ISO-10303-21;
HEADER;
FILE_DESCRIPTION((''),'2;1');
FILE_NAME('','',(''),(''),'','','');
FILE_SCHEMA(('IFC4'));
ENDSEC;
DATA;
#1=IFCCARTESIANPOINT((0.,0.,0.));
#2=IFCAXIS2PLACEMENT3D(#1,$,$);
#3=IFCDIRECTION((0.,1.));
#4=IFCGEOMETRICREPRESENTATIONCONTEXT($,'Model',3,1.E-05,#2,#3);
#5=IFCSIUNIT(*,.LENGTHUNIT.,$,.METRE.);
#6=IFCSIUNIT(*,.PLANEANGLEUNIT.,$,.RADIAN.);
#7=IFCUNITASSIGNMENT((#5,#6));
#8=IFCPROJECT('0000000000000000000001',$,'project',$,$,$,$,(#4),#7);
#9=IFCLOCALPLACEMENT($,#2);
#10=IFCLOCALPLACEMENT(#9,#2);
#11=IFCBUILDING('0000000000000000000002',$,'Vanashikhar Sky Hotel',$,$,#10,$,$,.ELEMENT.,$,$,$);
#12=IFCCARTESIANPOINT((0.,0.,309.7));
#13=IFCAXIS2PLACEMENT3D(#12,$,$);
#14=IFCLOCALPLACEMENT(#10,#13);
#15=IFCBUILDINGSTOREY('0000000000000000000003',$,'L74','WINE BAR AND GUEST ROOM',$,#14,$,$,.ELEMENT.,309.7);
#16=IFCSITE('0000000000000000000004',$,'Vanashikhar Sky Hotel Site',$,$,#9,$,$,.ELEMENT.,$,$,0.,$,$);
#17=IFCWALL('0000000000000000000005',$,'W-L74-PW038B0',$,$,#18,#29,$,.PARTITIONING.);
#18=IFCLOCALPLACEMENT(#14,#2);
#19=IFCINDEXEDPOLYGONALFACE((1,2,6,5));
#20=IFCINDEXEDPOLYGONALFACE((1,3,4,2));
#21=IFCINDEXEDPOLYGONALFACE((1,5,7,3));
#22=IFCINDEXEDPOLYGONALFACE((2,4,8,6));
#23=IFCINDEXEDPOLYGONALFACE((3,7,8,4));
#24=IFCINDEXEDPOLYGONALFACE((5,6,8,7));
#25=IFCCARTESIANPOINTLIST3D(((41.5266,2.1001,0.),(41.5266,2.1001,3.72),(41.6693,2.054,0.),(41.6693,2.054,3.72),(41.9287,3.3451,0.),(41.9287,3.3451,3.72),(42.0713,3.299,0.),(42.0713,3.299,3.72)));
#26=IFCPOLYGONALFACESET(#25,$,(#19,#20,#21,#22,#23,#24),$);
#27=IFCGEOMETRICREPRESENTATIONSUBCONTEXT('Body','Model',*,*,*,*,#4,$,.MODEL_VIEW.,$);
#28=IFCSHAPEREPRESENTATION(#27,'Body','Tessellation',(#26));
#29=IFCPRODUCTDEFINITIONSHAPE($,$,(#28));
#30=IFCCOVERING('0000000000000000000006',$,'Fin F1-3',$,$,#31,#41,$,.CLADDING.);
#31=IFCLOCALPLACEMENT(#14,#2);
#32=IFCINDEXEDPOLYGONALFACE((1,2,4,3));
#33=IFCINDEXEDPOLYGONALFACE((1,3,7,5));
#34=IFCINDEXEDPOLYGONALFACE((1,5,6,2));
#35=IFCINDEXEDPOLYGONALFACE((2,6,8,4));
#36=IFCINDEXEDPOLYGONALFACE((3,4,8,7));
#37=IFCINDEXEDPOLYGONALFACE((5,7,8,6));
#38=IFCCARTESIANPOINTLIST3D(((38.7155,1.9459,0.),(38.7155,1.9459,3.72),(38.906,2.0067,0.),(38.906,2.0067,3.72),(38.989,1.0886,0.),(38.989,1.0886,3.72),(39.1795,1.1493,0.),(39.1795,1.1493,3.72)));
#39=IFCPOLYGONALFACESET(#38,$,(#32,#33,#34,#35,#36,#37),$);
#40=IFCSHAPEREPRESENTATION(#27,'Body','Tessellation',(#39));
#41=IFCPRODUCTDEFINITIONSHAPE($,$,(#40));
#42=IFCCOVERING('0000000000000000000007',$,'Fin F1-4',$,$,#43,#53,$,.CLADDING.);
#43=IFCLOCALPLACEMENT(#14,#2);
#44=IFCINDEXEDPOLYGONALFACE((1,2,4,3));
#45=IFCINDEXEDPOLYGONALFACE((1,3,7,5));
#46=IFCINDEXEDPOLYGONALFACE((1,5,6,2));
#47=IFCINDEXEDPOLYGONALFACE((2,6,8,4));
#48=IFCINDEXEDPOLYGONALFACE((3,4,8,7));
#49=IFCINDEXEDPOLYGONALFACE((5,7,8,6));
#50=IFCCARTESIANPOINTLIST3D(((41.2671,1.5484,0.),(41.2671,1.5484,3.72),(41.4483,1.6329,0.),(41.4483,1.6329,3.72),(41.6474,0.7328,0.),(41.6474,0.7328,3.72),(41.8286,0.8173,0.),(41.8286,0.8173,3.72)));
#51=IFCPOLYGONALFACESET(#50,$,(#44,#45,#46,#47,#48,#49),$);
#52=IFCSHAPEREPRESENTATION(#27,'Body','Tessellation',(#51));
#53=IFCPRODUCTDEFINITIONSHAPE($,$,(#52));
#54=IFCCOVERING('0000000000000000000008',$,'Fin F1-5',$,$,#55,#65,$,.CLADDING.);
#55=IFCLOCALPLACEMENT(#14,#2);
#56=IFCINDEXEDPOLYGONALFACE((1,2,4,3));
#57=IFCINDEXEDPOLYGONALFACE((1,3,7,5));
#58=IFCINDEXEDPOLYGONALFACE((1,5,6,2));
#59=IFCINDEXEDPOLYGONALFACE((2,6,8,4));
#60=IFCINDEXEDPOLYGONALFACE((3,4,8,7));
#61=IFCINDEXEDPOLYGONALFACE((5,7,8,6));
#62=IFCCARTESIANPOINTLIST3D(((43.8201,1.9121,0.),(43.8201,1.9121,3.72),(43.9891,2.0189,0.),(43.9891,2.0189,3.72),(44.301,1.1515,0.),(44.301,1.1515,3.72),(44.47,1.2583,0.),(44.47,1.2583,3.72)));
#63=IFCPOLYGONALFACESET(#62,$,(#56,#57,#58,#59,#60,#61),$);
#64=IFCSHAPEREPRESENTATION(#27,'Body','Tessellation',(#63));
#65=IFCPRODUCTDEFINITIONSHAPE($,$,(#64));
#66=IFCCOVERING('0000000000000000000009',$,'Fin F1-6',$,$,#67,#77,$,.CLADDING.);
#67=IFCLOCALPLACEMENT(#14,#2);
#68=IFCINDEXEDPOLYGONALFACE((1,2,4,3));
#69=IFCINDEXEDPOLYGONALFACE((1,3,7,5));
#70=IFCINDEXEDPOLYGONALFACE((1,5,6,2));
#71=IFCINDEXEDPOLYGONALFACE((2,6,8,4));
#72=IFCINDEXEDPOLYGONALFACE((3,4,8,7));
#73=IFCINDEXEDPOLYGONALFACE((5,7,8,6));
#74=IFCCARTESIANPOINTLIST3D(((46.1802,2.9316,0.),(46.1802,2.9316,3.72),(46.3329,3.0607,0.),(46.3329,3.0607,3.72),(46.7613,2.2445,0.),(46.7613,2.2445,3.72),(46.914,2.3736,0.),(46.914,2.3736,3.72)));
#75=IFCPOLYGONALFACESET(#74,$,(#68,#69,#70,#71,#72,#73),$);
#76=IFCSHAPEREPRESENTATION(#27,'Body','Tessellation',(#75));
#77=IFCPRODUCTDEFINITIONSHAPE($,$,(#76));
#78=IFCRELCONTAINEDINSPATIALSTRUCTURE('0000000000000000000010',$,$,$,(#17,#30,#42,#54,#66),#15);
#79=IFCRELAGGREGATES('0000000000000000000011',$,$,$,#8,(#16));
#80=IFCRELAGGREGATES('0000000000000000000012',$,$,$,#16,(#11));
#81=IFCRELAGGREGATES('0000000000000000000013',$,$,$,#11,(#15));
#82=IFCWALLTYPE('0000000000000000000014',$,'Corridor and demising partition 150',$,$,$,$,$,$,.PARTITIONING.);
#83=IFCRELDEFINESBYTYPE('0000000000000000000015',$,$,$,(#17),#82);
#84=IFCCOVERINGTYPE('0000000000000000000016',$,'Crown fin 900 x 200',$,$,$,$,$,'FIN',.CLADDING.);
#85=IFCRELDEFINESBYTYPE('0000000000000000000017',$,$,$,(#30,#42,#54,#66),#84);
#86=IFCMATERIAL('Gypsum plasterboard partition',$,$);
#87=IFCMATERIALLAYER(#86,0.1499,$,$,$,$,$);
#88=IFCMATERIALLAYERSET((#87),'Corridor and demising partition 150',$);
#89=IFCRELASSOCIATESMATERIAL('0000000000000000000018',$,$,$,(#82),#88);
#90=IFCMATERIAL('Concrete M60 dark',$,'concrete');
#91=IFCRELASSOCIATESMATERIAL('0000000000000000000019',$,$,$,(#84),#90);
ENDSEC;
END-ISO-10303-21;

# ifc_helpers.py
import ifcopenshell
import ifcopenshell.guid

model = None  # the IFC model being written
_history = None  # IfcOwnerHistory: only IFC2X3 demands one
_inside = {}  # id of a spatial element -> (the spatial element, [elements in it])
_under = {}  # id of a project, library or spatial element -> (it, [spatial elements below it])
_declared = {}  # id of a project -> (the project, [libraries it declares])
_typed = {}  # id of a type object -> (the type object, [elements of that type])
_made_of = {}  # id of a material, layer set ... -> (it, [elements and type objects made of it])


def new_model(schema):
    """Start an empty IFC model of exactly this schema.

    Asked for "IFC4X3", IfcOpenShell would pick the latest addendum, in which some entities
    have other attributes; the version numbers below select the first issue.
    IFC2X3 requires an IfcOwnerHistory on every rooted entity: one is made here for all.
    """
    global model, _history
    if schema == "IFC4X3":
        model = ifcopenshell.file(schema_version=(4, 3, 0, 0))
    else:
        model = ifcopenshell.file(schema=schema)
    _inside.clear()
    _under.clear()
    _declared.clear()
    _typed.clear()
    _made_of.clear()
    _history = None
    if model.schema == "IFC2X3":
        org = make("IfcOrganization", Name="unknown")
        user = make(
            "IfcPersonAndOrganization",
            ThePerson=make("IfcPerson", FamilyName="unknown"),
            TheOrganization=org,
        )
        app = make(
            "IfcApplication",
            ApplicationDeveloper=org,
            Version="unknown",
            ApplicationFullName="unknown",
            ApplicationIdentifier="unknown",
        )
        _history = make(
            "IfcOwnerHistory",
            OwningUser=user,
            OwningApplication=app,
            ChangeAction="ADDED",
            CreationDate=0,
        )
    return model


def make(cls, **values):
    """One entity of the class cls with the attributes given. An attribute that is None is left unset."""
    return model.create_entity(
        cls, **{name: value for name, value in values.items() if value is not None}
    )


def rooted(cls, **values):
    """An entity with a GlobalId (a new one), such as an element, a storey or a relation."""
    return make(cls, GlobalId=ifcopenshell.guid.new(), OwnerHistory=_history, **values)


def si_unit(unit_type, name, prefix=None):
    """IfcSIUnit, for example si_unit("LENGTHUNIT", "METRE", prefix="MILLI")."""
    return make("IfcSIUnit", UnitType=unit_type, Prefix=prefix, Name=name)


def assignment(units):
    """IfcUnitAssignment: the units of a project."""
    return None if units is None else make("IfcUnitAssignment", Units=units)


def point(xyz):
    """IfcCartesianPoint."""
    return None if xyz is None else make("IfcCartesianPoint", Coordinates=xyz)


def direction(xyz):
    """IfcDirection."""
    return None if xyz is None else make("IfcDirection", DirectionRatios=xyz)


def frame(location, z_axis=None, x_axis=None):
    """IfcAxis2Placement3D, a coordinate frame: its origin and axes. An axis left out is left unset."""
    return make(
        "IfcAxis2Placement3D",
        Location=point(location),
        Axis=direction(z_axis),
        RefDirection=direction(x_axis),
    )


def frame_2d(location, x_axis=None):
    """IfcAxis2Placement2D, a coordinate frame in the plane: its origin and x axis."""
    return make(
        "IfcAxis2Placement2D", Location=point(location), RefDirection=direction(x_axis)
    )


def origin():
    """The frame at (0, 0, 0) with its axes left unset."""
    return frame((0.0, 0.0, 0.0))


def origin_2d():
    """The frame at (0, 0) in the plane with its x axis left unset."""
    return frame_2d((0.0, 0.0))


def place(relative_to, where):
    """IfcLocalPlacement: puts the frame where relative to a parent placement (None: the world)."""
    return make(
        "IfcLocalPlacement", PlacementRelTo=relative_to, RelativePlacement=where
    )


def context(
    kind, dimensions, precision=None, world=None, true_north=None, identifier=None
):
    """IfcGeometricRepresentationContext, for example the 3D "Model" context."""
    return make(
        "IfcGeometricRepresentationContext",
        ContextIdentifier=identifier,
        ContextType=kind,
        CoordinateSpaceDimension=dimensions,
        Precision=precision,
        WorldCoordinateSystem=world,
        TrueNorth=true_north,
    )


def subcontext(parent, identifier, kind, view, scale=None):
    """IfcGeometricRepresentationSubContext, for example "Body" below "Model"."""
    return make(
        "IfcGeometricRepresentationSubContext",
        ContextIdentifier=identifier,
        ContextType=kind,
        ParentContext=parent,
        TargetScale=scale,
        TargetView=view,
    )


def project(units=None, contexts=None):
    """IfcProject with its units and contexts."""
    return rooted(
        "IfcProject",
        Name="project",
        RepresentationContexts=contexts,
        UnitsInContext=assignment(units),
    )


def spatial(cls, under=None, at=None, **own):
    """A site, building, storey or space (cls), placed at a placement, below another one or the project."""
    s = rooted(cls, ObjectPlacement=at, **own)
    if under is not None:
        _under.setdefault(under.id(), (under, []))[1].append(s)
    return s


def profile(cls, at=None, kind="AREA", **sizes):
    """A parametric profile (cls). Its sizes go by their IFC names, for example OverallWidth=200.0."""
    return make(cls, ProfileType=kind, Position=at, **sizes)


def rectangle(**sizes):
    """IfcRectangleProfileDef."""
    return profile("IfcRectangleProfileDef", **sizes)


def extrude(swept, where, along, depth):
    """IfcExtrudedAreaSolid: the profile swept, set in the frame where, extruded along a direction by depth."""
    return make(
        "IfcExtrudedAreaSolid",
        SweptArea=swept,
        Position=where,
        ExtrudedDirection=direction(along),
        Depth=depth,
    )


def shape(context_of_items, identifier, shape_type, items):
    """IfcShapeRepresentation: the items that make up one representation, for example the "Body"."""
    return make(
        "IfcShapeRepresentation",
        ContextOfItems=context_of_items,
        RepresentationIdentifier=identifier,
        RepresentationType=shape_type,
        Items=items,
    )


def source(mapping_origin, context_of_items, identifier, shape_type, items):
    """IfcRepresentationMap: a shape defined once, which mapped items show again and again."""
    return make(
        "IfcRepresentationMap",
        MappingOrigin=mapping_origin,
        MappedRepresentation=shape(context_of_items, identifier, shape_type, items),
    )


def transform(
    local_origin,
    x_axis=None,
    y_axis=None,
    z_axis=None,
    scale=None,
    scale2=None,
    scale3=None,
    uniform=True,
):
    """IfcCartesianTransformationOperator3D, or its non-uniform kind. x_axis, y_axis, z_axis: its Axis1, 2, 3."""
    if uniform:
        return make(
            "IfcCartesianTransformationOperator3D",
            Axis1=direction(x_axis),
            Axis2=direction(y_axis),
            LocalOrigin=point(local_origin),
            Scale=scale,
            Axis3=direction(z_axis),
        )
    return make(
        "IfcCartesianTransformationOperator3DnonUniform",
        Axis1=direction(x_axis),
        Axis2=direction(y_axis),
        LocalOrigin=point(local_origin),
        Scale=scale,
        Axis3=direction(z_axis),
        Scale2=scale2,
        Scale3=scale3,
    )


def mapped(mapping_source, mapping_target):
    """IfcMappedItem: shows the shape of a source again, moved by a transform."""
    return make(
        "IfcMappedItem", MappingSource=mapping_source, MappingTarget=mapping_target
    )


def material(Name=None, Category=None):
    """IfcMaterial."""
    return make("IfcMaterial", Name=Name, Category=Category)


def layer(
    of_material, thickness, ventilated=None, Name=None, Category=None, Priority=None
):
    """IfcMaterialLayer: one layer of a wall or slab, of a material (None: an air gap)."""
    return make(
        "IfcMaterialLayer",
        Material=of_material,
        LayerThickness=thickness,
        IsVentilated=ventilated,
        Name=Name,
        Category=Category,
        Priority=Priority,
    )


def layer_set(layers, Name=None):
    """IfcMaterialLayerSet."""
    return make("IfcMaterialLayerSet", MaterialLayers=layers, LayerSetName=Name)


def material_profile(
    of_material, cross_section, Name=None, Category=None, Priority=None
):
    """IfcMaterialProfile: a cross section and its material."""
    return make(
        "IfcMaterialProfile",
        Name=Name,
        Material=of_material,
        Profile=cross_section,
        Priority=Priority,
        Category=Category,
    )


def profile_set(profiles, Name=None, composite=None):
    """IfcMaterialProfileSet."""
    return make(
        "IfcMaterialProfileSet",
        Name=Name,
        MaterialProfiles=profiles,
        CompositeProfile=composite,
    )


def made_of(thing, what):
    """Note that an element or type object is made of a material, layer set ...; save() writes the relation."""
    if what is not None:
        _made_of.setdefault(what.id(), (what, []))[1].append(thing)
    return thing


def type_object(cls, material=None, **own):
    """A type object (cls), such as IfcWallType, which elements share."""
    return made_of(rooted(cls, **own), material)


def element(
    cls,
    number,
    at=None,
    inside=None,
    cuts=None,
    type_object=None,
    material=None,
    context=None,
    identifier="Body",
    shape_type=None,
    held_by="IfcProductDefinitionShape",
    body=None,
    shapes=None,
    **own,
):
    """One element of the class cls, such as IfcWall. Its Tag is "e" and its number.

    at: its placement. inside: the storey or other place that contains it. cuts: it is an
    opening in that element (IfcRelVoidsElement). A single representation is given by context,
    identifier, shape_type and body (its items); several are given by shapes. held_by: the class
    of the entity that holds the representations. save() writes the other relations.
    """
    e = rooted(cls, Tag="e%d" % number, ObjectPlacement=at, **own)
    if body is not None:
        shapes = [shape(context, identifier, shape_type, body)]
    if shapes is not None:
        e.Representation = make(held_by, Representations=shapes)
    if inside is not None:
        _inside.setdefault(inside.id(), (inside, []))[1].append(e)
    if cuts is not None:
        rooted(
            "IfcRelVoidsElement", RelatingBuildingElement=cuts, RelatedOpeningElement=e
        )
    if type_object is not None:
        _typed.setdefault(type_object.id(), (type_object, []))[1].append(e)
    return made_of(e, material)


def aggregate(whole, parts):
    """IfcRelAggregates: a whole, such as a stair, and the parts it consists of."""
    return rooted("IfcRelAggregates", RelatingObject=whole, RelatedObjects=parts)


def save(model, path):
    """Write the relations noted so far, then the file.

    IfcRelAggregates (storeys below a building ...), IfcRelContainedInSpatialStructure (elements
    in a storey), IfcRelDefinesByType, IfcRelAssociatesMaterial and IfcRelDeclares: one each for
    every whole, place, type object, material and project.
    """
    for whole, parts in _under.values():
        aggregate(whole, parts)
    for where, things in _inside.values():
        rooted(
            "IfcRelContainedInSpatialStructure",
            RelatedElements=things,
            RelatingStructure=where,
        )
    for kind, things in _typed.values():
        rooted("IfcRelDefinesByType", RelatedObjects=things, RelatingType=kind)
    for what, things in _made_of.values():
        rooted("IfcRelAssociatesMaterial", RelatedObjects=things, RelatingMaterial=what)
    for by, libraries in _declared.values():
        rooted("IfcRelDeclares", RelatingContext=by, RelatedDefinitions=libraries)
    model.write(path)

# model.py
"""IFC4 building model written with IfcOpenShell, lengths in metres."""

from ifc_helpers import new_model, si_unit, direction, frame, frame_2d, origin, origin_2d, place, context, subcontext, project, spatial, rectangle, extrude, source, transform, mapped, material, layer, layer_set, material_profile, profile_set, type_object, element, save


model = new_model("IFC4")

# Units and contexts
model_context = context("Model", 3, precision=1e-05, world=origin(), true_north=direction((0.0, 1.0)))
body_context = subcontext(model_context, "Body", "Model", "MODEL_VIEW")
ifc_project = project(units=[si_unit("LENGTHUNIT", "METRE"), si_unit("PLANEANGLEUNIT", "RADIAN")], contexts=[model_context])

# Site, building, storey
site_placement = place(None, origin())
site = spatial("IfcSite", under=ifc_project, at=site_placement, Name="Vanashikhar Sky Hotel Site", CompositionType="ELEMENT", RefElevation=0.0)
building_placement = place(site_placement, origin())
building = spatial("IfcBuilding", under=site, at=building_placement, Name="Vanashikhar Sky Hotel", CompositionType="ELEMENT")
storey_placement = place(building_placement, frame((0.0, 0.0, 309.7)))
storey = spatial("IfcBuildingStorey", under=building, at=storey_placement, Name="L74", Description="WINE BAR AND GUEST ROOM", CompositionType="ELEMENT", Elevation=309.7)

# Shared definitions
ifc_material_1 = material(Name="Gypsum plasterboard partition")

# Shared definitions
ifc_layer_1 = layer(ifc_material_1, 0.1499)
ifc_layer_set_1 = layer_set([ifc_layer_1], Name="Corridor and demising partition 150")
wall_type_1 = type_object("IfcWallType", Name="Corridor and demising partition 150", PredefinedType="PARTITIONING", material=ifc_layer_set_1)

# Wall
shared_shape_1 = source(origin(), body_context, "Body", "SweptSolid", [
    extrude(rectangle(XDim=1.3083, YDim=0.1499, at=frame_2d((0.6543, 0.0))), origin(), (0.0, 0.0, 1.0), 3.72),
])
wall_1_placement = place(storey_placement, frame((41.5979, 2.0769, 0.0), z_axis=(0.0, 0.0, 1.0), x_axis=(0.307314, 0.951608, 0.0)))
element("IfcWall", 1, at=wall_1_placement, inside=storey, type_object=wall_type_1, Name="W-L74-PW038B0", PredefinedType="PARTITIONING", context=body_context, shape_type="MappedRepresentation", body=[
    mapped(shared_shape_1, transform((0.0, 0.0, 0.0), scale=1.0)),
])

# Coverings
ifc_material_2 = material(Name="Concrete M60 dark", Category="concrete")
ifc_material_profile_1 = material_profile(ifc_material_2, rectangle(XDim=0.8999, YDim=0.2, at=origin_2d()))
ifc_profile_set_1 = profile_set([ifc_material_profile_1], Name="Crown fin 900 x 200")
covering_type = type_object("IfcCoveringType", Name="Crown fin 900 x 200", ElementType="FIN", PredefinedType="CLADDING", material=ifc_profile_set_1)
shared_shape_2 = source(origin(), body_context, "Body", "SweptSolid", [
    extrude(rectangle(XDim=0.8999, YDim=0.2, at=origin_2d()), origin(), (0.0, 0.0, 1.0), 3.72),
])
for number, where, z_axis, x_axis, name in (
    (2, (38.9475, 1.5476, 0.0), (0.0, 0.0, 1.0), (0.303967, -0.952683, 0.0), "Fin F1-3"),
    (3, (41.5479, 1.1829, 0.0), (0.0, 0.0, 1.0), (0.422618, -0.906308, 0.0), "Fin F1-4"),
    (4, (44.145, 1.5852, 0.0), (0.0, 0.0, 1.0), (0.534411, -0.845225, 0.0), "Fin F1-5"),
    (5, (46.5471, 2.6526, 0.0), (0.0, 0.0, 1.0), (0.645698, -0.763593, 0.0), "Fin F1-6"),
):
    element("IfcCovering", number, at=place(storey_placement, frame(where, z_axis=z_axis, x_axis=x_axis)), inside=storey, type_object=covering_type, Name=name, PredefinedType="CLADDING", context=body_context, shape_type="MappedRepresentation", body=[
        mapped(shared_shape_2, transform((0.0, 0.0, 0.0), scale=1.0)),
    ])

save(model, "model.ifc")
